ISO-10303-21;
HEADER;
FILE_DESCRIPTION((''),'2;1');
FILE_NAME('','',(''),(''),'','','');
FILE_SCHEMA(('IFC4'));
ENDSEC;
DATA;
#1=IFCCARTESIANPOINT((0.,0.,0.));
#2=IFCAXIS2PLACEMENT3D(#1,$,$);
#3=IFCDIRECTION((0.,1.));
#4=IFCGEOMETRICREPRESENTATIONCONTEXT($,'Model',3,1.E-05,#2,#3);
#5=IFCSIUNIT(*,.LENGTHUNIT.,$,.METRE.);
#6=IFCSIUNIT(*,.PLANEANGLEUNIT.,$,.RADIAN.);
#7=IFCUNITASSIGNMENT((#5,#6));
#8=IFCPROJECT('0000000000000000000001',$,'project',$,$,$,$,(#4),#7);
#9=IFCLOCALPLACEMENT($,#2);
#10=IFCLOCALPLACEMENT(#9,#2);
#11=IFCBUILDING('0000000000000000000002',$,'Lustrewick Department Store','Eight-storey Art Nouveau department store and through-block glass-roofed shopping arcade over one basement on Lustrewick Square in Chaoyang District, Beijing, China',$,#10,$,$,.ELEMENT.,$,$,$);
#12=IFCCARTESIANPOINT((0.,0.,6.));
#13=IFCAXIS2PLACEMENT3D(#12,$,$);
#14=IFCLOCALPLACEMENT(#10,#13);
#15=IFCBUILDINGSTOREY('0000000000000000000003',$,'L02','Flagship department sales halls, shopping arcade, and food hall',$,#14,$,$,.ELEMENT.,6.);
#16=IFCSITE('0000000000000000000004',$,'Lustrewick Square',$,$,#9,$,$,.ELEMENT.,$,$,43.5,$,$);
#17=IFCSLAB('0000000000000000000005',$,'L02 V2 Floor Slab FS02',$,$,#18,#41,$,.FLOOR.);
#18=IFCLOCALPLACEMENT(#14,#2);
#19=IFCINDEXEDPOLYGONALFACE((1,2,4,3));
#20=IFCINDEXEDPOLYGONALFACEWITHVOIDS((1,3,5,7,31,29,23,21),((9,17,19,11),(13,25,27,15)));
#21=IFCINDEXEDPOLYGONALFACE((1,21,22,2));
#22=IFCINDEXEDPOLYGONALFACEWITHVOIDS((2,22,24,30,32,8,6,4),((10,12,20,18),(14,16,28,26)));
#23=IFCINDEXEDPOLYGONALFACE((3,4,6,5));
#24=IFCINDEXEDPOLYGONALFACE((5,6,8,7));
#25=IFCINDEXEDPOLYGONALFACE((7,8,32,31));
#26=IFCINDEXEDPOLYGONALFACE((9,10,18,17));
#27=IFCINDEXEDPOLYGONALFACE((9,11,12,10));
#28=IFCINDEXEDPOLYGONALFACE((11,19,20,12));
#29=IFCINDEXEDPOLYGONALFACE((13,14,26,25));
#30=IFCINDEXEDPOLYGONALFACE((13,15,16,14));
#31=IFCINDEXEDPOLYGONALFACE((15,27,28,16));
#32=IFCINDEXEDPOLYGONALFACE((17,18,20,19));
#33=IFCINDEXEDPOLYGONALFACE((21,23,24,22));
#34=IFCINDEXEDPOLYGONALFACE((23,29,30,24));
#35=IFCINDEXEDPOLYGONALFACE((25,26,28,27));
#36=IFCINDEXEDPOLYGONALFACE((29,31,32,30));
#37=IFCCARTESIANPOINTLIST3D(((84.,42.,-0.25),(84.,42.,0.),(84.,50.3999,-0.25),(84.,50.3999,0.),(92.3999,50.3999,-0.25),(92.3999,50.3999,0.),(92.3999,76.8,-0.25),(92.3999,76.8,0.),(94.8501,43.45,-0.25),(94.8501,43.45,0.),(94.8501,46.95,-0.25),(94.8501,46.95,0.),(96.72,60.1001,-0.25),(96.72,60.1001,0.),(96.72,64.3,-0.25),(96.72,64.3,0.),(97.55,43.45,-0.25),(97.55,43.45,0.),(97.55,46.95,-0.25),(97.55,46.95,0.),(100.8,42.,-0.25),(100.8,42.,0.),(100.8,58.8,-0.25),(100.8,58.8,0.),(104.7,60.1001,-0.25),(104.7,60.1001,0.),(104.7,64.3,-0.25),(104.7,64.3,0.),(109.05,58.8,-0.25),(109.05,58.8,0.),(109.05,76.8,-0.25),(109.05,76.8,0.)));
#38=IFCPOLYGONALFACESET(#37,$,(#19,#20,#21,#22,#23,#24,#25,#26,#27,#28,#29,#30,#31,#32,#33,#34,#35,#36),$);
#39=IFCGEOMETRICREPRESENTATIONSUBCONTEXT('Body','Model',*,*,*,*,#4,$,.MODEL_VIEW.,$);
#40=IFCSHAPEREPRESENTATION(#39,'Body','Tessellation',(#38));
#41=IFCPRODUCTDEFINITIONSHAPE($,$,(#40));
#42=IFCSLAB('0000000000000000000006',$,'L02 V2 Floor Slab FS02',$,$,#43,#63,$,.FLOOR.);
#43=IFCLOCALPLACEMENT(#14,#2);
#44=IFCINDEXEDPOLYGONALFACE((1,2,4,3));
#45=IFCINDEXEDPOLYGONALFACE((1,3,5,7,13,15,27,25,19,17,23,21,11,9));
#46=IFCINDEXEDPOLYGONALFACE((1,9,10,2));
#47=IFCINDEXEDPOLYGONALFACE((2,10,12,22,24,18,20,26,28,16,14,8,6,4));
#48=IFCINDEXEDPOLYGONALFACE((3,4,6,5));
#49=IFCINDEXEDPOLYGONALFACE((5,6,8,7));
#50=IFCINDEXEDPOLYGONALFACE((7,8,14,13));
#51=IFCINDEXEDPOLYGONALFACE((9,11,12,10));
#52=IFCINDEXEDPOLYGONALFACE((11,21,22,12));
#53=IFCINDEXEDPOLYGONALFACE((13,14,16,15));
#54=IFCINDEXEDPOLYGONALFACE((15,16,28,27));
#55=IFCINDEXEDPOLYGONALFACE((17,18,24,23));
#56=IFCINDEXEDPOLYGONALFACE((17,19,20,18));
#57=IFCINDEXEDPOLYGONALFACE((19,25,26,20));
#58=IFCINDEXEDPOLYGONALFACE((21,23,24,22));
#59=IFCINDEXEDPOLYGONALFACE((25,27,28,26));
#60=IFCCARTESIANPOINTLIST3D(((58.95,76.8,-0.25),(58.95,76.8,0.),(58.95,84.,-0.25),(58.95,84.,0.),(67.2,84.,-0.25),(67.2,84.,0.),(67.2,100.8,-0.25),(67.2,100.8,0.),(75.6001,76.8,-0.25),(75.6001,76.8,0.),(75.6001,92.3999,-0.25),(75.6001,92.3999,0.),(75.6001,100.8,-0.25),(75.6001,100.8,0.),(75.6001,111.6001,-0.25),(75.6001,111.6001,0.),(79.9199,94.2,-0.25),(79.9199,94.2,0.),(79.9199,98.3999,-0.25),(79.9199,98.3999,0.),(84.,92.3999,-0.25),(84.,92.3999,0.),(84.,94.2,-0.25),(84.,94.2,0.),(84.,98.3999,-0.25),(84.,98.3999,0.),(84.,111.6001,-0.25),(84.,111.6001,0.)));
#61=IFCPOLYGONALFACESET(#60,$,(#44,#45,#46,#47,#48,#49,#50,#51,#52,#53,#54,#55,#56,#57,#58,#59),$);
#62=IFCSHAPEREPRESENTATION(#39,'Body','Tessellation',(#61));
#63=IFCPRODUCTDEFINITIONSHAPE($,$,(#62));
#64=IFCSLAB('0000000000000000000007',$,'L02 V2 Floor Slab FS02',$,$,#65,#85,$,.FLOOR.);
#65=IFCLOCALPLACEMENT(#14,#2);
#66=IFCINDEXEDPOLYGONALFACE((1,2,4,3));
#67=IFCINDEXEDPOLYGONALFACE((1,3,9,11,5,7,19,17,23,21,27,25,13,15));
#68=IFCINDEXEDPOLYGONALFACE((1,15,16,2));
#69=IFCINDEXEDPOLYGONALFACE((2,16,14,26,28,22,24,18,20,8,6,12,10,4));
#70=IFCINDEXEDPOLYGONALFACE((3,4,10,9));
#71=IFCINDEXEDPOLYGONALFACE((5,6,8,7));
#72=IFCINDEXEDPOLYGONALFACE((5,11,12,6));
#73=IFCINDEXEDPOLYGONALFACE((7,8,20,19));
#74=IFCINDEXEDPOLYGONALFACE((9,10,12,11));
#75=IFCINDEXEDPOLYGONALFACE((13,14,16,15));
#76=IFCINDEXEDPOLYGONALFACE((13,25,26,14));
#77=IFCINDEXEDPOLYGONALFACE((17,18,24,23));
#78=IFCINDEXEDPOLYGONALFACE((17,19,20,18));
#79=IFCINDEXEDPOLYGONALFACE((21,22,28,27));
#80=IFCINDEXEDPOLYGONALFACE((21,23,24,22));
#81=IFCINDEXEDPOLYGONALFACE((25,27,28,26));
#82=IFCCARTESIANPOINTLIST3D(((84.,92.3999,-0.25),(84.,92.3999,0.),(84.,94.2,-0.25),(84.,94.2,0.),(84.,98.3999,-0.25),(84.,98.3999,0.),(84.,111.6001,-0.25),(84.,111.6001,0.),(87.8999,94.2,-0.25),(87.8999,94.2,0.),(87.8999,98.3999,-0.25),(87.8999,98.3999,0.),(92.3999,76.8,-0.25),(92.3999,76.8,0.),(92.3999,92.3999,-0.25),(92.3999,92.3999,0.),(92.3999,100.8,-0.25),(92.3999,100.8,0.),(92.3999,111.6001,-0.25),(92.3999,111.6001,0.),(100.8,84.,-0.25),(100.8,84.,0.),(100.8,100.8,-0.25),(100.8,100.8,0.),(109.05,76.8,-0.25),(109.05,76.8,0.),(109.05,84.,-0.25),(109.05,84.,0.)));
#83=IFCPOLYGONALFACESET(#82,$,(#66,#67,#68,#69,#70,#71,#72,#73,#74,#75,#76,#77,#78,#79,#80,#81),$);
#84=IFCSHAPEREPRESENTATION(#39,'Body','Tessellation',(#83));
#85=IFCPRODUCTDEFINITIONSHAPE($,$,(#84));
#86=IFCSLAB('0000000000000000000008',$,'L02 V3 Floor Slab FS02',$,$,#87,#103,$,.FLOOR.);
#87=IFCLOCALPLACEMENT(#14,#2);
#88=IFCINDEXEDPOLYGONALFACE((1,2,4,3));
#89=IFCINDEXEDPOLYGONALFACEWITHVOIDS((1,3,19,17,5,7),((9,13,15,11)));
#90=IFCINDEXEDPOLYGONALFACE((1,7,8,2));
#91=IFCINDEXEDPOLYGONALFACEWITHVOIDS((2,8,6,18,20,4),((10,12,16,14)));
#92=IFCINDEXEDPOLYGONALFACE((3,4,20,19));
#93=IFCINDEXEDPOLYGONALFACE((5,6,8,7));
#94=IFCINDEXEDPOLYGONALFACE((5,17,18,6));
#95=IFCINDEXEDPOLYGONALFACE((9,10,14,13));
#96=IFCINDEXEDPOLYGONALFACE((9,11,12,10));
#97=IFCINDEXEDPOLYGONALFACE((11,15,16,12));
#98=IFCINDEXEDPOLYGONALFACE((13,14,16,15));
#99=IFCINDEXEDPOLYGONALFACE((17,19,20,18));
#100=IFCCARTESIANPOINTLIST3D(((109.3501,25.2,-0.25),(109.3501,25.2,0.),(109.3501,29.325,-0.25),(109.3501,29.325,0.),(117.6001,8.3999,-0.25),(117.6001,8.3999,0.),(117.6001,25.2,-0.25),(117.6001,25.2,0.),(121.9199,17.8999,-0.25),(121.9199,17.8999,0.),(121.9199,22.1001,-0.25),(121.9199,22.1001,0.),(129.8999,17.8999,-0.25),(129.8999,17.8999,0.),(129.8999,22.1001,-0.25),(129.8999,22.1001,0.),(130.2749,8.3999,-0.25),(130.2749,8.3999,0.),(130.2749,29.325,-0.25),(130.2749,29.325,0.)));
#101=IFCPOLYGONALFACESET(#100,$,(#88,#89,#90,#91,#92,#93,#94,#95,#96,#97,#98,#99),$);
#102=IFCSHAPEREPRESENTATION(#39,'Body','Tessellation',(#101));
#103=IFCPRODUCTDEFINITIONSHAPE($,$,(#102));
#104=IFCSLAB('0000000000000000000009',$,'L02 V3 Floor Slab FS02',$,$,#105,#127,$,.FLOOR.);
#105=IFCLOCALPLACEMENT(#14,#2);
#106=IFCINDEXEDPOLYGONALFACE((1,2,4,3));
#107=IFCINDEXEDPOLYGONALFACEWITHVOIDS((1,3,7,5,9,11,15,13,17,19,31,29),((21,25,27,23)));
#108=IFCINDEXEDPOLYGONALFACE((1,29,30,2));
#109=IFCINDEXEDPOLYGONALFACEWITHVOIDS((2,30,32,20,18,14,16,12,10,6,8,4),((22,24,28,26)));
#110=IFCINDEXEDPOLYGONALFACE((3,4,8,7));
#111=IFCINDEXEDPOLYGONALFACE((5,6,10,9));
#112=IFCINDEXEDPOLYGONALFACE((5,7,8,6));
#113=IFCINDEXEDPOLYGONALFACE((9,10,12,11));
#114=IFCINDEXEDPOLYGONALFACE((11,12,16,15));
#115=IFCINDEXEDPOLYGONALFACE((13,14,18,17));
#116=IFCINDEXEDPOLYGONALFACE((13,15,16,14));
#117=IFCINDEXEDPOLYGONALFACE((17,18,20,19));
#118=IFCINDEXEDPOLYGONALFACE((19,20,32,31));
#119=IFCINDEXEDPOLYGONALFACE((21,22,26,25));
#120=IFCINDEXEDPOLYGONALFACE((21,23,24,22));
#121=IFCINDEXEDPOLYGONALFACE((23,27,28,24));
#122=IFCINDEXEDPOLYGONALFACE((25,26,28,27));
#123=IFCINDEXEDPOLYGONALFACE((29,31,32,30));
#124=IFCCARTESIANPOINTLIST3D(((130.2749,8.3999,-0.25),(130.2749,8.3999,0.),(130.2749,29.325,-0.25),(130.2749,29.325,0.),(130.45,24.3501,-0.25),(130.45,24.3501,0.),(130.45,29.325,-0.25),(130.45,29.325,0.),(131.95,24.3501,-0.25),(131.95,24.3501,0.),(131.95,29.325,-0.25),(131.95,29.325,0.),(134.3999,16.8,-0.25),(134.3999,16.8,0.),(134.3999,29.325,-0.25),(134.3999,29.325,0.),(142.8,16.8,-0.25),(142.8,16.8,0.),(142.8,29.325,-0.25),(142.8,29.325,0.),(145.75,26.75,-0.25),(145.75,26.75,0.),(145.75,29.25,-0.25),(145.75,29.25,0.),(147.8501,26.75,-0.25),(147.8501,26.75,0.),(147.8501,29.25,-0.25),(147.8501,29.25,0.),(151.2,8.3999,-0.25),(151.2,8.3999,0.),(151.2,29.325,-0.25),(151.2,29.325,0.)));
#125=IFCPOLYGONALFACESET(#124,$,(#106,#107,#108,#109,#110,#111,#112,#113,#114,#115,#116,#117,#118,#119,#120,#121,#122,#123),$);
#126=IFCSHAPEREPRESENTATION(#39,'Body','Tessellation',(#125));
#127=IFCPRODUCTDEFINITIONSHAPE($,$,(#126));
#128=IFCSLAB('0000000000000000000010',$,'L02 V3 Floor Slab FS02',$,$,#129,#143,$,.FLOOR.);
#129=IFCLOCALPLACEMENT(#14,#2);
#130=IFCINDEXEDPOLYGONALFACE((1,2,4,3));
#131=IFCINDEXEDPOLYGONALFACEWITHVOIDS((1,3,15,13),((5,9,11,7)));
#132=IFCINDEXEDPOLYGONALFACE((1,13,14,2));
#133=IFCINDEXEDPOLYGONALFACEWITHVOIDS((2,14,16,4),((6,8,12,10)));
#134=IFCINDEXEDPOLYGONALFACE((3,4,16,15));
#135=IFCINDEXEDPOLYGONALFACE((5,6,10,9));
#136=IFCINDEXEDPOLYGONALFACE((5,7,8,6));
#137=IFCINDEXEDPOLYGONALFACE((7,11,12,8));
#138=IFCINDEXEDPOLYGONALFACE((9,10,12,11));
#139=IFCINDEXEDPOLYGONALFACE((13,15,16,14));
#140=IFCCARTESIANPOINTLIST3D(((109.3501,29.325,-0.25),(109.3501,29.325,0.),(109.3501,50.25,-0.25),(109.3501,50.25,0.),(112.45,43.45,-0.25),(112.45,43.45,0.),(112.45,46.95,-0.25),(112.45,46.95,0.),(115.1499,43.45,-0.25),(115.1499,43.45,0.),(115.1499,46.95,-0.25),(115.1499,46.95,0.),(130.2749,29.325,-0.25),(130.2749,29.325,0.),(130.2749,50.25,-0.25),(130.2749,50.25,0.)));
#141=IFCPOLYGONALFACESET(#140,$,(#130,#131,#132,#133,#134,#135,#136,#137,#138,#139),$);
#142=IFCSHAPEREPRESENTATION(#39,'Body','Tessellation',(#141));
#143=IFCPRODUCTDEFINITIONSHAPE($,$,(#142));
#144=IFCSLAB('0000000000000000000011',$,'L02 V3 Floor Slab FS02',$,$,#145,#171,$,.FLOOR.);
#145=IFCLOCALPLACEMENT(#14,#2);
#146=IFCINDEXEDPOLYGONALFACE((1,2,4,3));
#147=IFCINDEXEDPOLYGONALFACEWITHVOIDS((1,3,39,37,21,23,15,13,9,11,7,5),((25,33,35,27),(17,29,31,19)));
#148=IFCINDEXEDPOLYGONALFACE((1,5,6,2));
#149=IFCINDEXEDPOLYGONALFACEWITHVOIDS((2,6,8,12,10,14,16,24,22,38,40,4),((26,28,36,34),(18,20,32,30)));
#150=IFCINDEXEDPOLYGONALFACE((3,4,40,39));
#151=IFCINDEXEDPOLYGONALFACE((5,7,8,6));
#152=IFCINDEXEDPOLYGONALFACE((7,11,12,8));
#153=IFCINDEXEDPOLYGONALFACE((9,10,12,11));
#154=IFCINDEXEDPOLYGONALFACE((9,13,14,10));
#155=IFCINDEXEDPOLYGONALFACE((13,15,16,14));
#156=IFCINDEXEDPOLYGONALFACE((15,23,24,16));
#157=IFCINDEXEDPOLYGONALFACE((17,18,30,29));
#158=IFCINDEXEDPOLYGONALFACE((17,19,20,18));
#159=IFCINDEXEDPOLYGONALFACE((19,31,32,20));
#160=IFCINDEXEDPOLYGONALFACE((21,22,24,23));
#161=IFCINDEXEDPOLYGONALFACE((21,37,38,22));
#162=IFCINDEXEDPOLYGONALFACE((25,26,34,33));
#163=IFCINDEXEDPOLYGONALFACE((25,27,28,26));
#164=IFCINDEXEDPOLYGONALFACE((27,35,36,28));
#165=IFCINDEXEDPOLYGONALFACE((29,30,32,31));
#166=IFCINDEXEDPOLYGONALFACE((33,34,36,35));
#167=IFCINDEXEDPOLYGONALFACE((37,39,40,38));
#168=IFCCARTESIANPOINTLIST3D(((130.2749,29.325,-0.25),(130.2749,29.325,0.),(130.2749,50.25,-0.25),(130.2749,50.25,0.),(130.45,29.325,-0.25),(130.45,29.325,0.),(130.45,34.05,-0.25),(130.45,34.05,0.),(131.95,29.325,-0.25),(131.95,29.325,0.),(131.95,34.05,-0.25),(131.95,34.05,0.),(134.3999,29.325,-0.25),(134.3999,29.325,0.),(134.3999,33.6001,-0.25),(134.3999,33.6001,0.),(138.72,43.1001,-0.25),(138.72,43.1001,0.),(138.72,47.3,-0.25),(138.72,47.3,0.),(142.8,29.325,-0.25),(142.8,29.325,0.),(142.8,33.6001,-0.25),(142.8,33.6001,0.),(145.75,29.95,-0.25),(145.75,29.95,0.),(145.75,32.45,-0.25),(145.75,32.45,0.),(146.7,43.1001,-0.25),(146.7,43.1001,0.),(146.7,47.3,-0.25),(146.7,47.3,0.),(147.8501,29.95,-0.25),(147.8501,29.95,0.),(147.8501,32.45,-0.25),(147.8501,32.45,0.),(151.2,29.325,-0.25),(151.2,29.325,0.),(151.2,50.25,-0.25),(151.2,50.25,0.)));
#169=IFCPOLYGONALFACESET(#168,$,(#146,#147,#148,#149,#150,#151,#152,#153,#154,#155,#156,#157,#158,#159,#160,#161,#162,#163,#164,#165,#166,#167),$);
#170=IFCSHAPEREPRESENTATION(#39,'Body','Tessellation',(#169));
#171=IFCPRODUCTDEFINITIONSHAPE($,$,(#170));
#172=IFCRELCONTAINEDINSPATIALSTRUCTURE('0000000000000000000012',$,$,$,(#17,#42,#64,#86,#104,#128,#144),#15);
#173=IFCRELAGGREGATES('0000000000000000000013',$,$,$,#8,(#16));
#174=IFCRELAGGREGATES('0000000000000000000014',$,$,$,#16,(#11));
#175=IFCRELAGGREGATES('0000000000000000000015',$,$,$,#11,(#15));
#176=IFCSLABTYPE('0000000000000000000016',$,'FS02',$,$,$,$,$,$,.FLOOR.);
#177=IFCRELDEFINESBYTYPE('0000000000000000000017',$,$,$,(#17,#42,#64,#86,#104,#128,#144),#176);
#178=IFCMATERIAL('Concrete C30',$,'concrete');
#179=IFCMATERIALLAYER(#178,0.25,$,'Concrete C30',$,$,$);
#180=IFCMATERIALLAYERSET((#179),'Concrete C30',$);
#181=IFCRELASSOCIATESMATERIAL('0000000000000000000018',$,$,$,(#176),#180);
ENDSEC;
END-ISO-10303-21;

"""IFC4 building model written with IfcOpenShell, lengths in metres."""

from ifc_helpers import new_model, si_unit, direction, frame, origin, place, context, subcontext, project, spatial, polyline, outline, extrude, material, layer, layer_set, type_object, element, save


model = new_model("IFC4")

# Units and contexts
model_context = context("Model", 3, precision=1e-05, world=origin(), true_north=direction((0.0, 1.0)))
body_context = subcontext(model_context, "Body", "Model", "MODEL_VIEW")
ifc_project = project(units=[si_unit("LENGTHUNIT", "METRE"), si_unit("PLANEANGLEUNIT", "RADIAN")], contexts=[model_context])

# Site, building, storey
site_placement = place(None, origin())
site = spatial("IfcSite", under=ifc_project, at=site_placement, Name="Lustrewick Square", CompositionType="ELEMENT", RefElevation=43.5)
building_placement = place(site_placement, origin())
building = spatial("IfcBuilding", under=site, at=building_placement, Name="Lustrewick Department Store", Description="Eight-storey Art Nouveau department store and through-block glass-roofed shopping arcade over one basement on Lustrewick Square in Chaoyang District, Beijing, China", CompositionType="ELEMENT")
storey_placement = place(building_placement, frame((0.0, 0.0, 6.0)))
storey = spatial("IfcBuildingStorey", under=building, at=storey_placement, Name="L02", Description="Flagship department sales halls, shopping arcade, and food hall", CompositionType="ELEMENT", Elevation=6.0)

# Slabs
ifc_material = material(Name="Concrete C30", Category="concrete")
ifc_layer = layer(ifc_material, 0.25, Name="Concrete C30")
ifc_layer_set = layer_set([ifc_layer], Name="Concrete C30")
slab_type = type_object("IfcSlabType", Name="FS02", PredefinedType="FLOOR", material=ifc_layer_set)
slab_1_placement = place(storey_placement, frame((0.0, 0.0, -0.25)))
element("IfcSlab", 1, at=slab_1_placement, inside=storey, type_object=slab_type, Name="L02 V2 Floor Slab FS02", PredefinedType="FLOOR", context=body_context, shape_type="SweptSolid", body=[
    extrude(outline(polyline([(109.05, 58.8), (109.05, 76.8), (92.3999, 76.8), (92.3999, 50.3999), (84.0, 50.3999), (84.0, 42.0), (100.8, 42.0), (100.8, 58.8), (109.05, 58.8)]), holes=[polyline([(96.72, 60.1001), (96.72, 64.3), (104.7, 64.3), (104.7, 60.1001), (96.72, 60.1001)]), polyline([(94.8501, 43.45), (94.8501, 46.95), (97.55, 46.95), (97.55, 43.45), (94.8501, 43.45)])]), origin(), (0.0, 0.0, 1.0), 0.25),
])
slab_2_placement = place(storey_placement, frame((0.0, 0.0, -0.25)))
element("IfcSlab", 2, at=slab_2_placement, inside=storey, type_object=slab_type, Name="L02 V2 Floor Slab FS02", PredefinedType="FLOOR", context=body_context, shape_type="SweptSolid", body=[
    extrude(outline(polyline([(58.95, 84.0), (58.95, 76.8), (75.6001, 76.8), (75.6001, 92.3999), (84.0, 92.3999), (84.0, 94.2), (79.9199, 94.2), (79.9199, 98.3999), (84.0, 98.3999), (84.0, 111.6001), (75.6001, 111.6001), (75.6001, 100.8), (67.2, 100.8), (67.2, 84.0), (58.95, 84.0)])), origin(), (0.0, 0.0, 1.0), 0.25),
])
slab_3_placement = place(storey_placement, frame((0.0, 0.0, -0.25)))
element("IfcSlab", 3, at=slab_3_placement, inside=storey, type_object=slab_type, Name="L02 V2 Floor Slab FS02", PredefinedType="FLOOR", context=body_context, shape_type="SweptSolid", body=[
    extrude(outline(polyline([(92.3999, 111.6001), (84.0, 111.6001), (84.0, 98.3999), (87.8999, 98.3999), (87.8999, 94.2), (84.0, 94.2), (84.0, 92.3999), (92.3999, 92.3999), (92.3999, 76.8), (109.05, 76.8), (109.05, 84.0), (100.8, 84.0), (100.8, 100.8), (92.3999, 100.8), (92.3999, 111.6001)])), origin(), (0.0, 0.0, 1.0), 0.25),
])
slab_4_placement = place(storey_placement, frame((0.0, 0.0, -0.25)))
element("IfcSlab", 4, at=slab_4_placement, inside=storey, type_object=slab_type, Name="L02 V3 Floor Slab FS02", PredefinedType="FLOOR", context=body_context, shape_type="SweptSolid", body=[
    extrude(outline(polyline([(117.6001, 8.3999), (130.2749, 8.3999), (130.2749, 29.325), (109.3501, 29.325), (109.3501, 25.2), (117.6001, 25.2), (117.6001, 8.3999)]), holes=[polyline([(121.9199, 17.8999), (121.9199, 22.1001), (129.8999, 22.1001), (129.8999, 17.8999), (121.9199, 17.8999)])]), origin(), (0.0, 0.0, 1.0), 0.25),
])
slab_5_placement = place(storey_placement, frame((0.0, 0.0, -0.25)))
element("IfcSlab", 5, at=slab_5_placement, inside=storey, type_object=slab_type, Name="L02 V3 Floor Slab FS02", PredefinedType="FLOOR", context=body_context, shape_type="SweptSolid", body=[
    extrude(outline(polyline([(151.2, 8.3999), (151.2, 29.325), (142.8, 29.325), (142.8, 16.8), (134.3999, 16.8), (134.3999, 29.325), (131.95, 29.325), (131.95, 24.3501), (130.45, 24.3501), (130.45, 29.325), (130.2749, 29.325), (130.2749, 8.3999), (151.2, 8.3999)]), holes=[polyline([(145.75, 26.75), (145.75, 29.25), (147.8501, 29.25), (147.8501, 26.75), (145.75, 26.75)])]), origin(), (0.0, 0.0, 1.0), 0.25),
])
slab_6_placement = place(storey_placement, frame((0.0, 0.0, -0.25)))
element("IfcSlab", 6, at=slab_6_placement, inside=storey, type_object=slab_type, Name="L02 V3 Floor Slab FS02", PredefinedType="FLOOR", context=body_context, shape_type="SweptSolid", body=[
    extrude(outline(polyline([(109.3501, 50.25), (109.3501, 29.325), (130.2749, 29.325), (130.2749, 50.25), (109.3501, 50.25)]), holes=[polyline([(112.45, 43.45), (112.45, 46.95), (115.1499, 46.95), (115.1499, 43.45), (112.45, 43.45)])]), origin(), (0.0, 0.0, 1.0), 0.25),
])
slab_7_placement = place(storey_placement, frame((0.0, 0.0, -0.25)))
element("IfcSlab", 7, at=slab_7_placement, inside=storey, type_object=slab_type, Name="L02 V3 Floor Slab FS02", PredefinedType="FLOOR", context=body_context, shape_type="SweptSolid", body=[
    extrude(outline(polyline([(151.2, 29.325), (151.2, 50.25), (130.2749, 50.25), (130.2749, 29.325), (130.45, 29.325), (130.45, 34.05), (131.95, 34.05), (131.95, 29.325), (134.3999, 29.325), (134.3999, 33.6001), (142.8, 33.6001), (142.8, 29.325), (151.2, 29.325)]), holes=[polyline([(145.75, 29.95), (145.75, 32.45), (147.8501, 32.45), (147.8501, 29.95), (145.75, 29.95)]), polyline([(138.72, 43.1001), (138.72, 47.3), (146.7, 47.3), (146.7, 43.1001), (138.72, 43.1001)])]), origin(), (0.0, 0.0, 1.0), 0.25),
])

save(model, "model.ifc")
